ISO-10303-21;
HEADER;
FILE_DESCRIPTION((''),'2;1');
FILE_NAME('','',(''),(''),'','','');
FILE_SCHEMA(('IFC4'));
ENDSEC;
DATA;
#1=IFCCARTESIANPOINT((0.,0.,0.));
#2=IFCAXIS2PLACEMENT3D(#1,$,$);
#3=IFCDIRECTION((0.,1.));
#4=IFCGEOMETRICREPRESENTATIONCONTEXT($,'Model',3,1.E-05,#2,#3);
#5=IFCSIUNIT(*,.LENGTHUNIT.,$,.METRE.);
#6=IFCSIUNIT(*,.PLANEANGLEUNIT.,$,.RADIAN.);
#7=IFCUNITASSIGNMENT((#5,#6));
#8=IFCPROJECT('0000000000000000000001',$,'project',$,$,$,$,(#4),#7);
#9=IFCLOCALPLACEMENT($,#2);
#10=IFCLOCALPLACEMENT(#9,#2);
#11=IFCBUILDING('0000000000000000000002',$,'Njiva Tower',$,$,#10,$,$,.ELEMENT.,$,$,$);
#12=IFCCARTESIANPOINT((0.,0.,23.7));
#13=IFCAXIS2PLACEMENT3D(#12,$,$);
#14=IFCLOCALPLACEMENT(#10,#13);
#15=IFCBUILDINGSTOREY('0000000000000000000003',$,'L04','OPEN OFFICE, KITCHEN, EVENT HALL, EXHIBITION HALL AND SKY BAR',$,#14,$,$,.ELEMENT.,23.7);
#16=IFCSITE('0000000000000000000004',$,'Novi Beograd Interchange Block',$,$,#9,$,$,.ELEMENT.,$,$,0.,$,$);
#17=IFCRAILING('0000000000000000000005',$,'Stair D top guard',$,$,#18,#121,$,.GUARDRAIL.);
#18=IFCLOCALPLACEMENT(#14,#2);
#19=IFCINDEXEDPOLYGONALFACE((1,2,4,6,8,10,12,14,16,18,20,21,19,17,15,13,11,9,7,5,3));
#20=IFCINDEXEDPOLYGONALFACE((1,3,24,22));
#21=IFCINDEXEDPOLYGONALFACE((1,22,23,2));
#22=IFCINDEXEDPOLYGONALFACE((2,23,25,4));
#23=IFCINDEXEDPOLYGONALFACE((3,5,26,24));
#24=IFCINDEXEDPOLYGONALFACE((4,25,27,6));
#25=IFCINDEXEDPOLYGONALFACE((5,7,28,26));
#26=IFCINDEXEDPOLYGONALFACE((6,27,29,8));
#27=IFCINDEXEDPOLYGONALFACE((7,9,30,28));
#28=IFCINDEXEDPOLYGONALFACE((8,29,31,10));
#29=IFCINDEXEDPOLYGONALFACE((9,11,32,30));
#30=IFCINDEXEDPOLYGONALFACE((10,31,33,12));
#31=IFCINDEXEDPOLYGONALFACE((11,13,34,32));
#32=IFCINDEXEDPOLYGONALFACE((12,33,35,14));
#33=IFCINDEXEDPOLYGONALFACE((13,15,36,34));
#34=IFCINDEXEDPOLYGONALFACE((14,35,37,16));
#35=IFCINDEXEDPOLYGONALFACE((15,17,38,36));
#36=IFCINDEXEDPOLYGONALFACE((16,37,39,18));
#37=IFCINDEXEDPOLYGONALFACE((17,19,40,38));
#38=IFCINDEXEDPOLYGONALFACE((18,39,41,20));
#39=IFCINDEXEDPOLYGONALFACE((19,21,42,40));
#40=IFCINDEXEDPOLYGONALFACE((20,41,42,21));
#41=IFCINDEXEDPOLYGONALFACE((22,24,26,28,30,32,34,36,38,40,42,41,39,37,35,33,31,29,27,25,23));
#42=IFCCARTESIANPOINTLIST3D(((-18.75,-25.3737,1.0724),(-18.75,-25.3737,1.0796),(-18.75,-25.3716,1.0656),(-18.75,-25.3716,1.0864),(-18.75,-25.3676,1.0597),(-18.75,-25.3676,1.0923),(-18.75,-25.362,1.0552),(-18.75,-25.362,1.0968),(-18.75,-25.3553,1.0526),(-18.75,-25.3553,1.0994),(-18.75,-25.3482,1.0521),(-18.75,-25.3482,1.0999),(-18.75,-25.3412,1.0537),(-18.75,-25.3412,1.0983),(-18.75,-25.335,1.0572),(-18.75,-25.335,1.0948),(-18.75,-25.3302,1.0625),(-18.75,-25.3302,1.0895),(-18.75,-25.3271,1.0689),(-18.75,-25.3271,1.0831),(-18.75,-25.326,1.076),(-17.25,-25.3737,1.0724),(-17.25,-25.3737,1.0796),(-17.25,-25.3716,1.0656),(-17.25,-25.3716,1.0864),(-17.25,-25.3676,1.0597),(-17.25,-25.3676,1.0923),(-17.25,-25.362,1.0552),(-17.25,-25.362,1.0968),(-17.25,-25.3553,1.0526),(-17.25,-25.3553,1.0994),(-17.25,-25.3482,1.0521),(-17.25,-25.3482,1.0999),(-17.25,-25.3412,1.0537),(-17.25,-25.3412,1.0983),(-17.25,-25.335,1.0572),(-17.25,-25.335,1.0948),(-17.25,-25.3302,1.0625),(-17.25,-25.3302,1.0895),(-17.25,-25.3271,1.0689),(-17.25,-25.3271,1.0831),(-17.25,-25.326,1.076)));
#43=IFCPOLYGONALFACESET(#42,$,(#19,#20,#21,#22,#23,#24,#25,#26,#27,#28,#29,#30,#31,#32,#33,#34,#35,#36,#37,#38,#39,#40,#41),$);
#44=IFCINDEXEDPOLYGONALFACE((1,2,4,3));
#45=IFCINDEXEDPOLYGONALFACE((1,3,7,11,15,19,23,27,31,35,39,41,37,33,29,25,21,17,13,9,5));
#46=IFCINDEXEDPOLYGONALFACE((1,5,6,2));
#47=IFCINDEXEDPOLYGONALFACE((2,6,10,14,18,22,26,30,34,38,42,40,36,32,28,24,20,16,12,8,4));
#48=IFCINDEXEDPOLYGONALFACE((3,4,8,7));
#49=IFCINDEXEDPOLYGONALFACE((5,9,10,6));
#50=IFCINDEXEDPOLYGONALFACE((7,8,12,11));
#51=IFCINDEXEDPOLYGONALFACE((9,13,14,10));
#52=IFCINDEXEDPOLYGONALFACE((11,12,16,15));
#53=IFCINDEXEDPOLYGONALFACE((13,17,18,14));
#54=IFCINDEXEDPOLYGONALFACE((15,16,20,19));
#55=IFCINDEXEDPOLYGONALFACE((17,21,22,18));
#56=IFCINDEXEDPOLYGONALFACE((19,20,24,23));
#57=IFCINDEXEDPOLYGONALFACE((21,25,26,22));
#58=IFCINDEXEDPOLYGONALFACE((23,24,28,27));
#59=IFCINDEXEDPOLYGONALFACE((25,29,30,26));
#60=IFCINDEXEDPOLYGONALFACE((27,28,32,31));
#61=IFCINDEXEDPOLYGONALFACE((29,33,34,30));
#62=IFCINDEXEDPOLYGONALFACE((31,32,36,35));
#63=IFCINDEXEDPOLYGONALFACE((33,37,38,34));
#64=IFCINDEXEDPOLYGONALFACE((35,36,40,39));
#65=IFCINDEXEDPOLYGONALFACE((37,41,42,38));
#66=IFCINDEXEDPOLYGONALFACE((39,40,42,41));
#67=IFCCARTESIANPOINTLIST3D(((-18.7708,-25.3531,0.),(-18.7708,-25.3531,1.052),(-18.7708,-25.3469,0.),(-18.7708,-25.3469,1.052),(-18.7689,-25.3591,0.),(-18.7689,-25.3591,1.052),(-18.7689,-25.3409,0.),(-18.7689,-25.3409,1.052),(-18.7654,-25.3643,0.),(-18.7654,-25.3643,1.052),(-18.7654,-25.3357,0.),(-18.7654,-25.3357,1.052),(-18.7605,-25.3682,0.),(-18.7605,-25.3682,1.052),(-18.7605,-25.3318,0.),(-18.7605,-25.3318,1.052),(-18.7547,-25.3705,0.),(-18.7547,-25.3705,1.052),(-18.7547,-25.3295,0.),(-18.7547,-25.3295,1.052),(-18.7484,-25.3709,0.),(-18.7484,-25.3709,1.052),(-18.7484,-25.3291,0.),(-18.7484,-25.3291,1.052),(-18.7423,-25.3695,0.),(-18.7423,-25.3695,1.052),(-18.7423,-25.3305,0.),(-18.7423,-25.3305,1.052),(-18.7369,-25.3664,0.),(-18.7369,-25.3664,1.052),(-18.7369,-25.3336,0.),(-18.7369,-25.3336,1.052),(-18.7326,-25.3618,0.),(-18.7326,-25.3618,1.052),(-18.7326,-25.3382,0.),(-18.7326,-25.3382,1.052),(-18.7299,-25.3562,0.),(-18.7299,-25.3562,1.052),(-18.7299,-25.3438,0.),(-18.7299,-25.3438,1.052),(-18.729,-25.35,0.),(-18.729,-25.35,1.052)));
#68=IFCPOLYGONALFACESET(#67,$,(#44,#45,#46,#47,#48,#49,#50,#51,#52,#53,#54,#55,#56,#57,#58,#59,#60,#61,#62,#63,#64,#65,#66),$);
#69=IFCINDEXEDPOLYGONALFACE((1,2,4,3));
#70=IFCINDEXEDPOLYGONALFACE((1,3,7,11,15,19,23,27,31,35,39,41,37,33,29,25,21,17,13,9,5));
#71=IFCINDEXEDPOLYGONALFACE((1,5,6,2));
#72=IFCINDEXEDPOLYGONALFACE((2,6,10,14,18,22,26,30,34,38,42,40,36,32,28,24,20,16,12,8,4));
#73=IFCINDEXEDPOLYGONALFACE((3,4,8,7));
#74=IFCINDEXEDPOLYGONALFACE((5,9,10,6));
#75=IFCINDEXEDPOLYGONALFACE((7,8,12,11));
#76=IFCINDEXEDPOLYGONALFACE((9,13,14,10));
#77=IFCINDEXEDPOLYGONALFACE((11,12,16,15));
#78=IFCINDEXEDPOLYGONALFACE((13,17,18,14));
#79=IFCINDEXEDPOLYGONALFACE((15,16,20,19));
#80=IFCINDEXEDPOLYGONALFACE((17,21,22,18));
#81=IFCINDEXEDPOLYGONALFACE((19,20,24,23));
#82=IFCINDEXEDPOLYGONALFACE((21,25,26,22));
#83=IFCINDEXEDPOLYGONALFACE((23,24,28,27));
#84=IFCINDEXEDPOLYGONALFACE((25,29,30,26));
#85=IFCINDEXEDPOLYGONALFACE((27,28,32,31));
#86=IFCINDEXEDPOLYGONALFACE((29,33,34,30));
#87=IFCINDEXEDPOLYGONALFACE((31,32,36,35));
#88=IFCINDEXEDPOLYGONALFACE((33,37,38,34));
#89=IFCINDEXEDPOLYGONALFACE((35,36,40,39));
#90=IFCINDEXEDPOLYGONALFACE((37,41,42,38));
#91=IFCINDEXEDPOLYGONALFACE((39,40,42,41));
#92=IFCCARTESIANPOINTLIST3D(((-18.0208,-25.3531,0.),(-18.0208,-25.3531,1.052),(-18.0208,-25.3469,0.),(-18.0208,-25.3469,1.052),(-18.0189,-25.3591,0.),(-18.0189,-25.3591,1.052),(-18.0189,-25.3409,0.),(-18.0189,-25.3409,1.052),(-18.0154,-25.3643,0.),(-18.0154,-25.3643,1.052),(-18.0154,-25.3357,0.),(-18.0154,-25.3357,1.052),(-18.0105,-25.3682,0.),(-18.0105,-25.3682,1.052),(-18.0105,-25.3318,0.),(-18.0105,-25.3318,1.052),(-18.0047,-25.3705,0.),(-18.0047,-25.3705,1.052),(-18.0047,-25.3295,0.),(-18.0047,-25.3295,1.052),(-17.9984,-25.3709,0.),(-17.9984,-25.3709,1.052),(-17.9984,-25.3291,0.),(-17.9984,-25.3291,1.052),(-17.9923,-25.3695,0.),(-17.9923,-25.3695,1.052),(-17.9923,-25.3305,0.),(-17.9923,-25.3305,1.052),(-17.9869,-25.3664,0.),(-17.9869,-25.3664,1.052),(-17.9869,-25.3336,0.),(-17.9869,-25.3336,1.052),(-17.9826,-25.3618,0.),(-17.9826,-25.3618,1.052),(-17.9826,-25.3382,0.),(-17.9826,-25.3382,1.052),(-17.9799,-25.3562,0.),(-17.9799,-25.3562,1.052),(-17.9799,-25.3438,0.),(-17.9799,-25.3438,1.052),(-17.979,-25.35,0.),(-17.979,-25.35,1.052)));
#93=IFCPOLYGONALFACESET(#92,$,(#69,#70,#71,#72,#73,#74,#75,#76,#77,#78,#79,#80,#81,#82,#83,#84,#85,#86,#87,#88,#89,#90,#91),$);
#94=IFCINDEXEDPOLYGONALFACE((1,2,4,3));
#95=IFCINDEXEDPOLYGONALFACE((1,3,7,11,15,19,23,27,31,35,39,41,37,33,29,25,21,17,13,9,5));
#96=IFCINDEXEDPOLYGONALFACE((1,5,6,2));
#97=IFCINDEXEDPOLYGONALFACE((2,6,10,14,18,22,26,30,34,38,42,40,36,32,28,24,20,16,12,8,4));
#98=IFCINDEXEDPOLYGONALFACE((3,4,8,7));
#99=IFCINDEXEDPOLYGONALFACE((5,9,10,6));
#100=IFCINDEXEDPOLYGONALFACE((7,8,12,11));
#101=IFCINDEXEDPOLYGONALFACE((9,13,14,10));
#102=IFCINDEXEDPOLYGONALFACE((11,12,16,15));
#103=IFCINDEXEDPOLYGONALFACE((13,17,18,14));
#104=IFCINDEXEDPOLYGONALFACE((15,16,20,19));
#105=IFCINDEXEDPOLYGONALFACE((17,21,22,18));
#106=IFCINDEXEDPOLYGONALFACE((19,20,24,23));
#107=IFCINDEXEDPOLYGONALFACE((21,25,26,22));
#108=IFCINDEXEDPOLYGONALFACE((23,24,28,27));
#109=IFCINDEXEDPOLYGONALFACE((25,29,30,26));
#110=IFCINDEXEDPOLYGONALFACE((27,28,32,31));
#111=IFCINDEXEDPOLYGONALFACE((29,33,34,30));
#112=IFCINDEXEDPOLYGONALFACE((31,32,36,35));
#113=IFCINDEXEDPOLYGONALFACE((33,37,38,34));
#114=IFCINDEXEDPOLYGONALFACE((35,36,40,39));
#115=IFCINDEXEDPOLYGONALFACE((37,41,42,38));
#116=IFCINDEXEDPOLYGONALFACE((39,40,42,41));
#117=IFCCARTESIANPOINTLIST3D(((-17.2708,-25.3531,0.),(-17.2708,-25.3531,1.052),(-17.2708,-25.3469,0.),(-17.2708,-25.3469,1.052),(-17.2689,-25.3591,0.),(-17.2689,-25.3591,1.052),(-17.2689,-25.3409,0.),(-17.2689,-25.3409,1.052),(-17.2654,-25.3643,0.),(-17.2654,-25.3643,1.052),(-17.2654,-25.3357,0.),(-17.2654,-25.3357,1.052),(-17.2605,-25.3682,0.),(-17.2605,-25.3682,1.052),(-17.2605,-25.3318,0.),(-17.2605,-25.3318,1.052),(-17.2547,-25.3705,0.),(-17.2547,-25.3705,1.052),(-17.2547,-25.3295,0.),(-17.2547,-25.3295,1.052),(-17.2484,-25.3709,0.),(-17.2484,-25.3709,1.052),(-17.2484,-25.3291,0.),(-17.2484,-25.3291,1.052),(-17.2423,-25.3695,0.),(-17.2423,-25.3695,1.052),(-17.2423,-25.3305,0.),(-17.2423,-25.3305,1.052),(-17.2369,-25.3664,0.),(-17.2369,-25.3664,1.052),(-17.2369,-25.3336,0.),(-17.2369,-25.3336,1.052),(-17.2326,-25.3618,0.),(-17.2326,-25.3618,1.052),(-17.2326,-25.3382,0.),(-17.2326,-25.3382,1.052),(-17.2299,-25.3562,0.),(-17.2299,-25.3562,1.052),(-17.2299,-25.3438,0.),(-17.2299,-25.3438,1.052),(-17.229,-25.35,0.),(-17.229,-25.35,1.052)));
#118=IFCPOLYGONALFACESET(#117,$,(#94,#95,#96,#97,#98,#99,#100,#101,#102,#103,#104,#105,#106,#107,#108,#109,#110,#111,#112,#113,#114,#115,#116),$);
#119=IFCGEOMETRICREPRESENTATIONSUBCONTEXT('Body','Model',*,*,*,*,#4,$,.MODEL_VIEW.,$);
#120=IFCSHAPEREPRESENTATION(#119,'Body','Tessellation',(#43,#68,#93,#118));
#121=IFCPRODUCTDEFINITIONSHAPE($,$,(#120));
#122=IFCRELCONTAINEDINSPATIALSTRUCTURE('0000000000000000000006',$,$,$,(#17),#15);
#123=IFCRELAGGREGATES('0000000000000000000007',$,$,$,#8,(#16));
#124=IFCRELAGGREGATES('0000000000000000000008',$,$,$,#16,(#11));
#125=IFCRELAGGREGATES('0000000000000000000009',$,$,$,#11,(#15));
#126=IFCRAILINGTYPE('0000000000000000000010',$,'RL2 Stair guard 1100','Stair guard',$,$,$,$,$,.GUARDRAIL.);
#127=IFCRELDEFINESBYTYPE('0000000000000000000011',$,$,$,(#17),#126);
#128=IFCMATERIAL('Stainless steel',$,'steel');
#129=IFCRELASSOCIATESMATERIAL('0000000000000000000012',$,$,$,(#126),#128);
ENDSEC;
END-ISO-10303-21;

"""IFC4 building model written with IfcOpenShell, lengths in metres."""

from ifc_helpers import new_model, si_unit, direction, frame, origin, origin_2d, place, context, subcontext, project, spatial, circle, extrude, material, type_object, element, save


model = new_model("IFC4")

# Units and contexts
model_context = context("Model", 3, precision=1e-05, world=origin(), true_north=direction((0.0, 1.0)))
body_context = subcontext(model_context, "Body", "Model", "MODEL_VIEW")
ifc_project = project(units=[si_unit("LENGTHUNIT", "METRE"), si_unit("PLANEANGLEUNIT", "RADIAN")], contexts=[model_context])

# Site, building, storey
site_placement = place(None, origin())
site = spatial("IfcSite", under=ifc_project, at=site_placement, Name="Novi Beograd Interchange Block", CompositionType="ELEMENT", RefElevation=0.0)
building_placement = place(site_placement, origin())
building = spatial("IfcBuilding", under=site, at=building_placement, Name="Njiva Tower", CompositionType="ELEMENT")
storey_placement = place(building_placement, frame((0.0, 0.0, 23.7)))
storey = spatial("IfcBuildingStorey", under=building, at=storey_placement, Name="L04", Description="OPEN OFFICE, KITCHEN, EVENT HALL, EXHIBITION HALL AND SKY BAR", CompositionType="ELEMENT", Elevation=23.7)

# Railing
ifc_material_1 = material(Name="Stainless steel", Category="steel")
railing_type = type_object("IfcRailingType", Name="RL2 Stair guard 1100", Description="Stair guard", PredefinedType="GUARDRAIL", material=ifc_material_1)
railing_placement = place(storey_placement, frame((-18.75, -25.35, 0.0)))
element("IfcRailing", 1, at=railing_placement, inside=storey, type_object=railing_type, Name="Stair D top guard", PredefinedType="GUARDRAIL", context=body_context, shape_type="SweptSolid", body=[
    extrude(circle(Radius=0.024, at=origin_2d()), frame((0.0, 0.0, 1.076), z_axis=(1.0, 0.0, 0.0), x_axis=(0.0, 1.0, 0.0)), (0.0, 0.0, 1.0), 1.5),
    extrude(circle(Radius=0.021, at=origin_2d()), origin(), (0.0, 0.0, 1.0), 1.052),
    extrude(circle(Radius=0.021, at=origin_2d()), frame((0.75, 0.0, 0.0)), (0.0, 0.0, 1.0), 1.052),
    extrude(circle(Radius=0.021, at=origin_2d()), frame((1.5, 0.0, 0.0)), (0.0, 0.0, 1.0), 1.052),
])

save(model, "model.ifc")
